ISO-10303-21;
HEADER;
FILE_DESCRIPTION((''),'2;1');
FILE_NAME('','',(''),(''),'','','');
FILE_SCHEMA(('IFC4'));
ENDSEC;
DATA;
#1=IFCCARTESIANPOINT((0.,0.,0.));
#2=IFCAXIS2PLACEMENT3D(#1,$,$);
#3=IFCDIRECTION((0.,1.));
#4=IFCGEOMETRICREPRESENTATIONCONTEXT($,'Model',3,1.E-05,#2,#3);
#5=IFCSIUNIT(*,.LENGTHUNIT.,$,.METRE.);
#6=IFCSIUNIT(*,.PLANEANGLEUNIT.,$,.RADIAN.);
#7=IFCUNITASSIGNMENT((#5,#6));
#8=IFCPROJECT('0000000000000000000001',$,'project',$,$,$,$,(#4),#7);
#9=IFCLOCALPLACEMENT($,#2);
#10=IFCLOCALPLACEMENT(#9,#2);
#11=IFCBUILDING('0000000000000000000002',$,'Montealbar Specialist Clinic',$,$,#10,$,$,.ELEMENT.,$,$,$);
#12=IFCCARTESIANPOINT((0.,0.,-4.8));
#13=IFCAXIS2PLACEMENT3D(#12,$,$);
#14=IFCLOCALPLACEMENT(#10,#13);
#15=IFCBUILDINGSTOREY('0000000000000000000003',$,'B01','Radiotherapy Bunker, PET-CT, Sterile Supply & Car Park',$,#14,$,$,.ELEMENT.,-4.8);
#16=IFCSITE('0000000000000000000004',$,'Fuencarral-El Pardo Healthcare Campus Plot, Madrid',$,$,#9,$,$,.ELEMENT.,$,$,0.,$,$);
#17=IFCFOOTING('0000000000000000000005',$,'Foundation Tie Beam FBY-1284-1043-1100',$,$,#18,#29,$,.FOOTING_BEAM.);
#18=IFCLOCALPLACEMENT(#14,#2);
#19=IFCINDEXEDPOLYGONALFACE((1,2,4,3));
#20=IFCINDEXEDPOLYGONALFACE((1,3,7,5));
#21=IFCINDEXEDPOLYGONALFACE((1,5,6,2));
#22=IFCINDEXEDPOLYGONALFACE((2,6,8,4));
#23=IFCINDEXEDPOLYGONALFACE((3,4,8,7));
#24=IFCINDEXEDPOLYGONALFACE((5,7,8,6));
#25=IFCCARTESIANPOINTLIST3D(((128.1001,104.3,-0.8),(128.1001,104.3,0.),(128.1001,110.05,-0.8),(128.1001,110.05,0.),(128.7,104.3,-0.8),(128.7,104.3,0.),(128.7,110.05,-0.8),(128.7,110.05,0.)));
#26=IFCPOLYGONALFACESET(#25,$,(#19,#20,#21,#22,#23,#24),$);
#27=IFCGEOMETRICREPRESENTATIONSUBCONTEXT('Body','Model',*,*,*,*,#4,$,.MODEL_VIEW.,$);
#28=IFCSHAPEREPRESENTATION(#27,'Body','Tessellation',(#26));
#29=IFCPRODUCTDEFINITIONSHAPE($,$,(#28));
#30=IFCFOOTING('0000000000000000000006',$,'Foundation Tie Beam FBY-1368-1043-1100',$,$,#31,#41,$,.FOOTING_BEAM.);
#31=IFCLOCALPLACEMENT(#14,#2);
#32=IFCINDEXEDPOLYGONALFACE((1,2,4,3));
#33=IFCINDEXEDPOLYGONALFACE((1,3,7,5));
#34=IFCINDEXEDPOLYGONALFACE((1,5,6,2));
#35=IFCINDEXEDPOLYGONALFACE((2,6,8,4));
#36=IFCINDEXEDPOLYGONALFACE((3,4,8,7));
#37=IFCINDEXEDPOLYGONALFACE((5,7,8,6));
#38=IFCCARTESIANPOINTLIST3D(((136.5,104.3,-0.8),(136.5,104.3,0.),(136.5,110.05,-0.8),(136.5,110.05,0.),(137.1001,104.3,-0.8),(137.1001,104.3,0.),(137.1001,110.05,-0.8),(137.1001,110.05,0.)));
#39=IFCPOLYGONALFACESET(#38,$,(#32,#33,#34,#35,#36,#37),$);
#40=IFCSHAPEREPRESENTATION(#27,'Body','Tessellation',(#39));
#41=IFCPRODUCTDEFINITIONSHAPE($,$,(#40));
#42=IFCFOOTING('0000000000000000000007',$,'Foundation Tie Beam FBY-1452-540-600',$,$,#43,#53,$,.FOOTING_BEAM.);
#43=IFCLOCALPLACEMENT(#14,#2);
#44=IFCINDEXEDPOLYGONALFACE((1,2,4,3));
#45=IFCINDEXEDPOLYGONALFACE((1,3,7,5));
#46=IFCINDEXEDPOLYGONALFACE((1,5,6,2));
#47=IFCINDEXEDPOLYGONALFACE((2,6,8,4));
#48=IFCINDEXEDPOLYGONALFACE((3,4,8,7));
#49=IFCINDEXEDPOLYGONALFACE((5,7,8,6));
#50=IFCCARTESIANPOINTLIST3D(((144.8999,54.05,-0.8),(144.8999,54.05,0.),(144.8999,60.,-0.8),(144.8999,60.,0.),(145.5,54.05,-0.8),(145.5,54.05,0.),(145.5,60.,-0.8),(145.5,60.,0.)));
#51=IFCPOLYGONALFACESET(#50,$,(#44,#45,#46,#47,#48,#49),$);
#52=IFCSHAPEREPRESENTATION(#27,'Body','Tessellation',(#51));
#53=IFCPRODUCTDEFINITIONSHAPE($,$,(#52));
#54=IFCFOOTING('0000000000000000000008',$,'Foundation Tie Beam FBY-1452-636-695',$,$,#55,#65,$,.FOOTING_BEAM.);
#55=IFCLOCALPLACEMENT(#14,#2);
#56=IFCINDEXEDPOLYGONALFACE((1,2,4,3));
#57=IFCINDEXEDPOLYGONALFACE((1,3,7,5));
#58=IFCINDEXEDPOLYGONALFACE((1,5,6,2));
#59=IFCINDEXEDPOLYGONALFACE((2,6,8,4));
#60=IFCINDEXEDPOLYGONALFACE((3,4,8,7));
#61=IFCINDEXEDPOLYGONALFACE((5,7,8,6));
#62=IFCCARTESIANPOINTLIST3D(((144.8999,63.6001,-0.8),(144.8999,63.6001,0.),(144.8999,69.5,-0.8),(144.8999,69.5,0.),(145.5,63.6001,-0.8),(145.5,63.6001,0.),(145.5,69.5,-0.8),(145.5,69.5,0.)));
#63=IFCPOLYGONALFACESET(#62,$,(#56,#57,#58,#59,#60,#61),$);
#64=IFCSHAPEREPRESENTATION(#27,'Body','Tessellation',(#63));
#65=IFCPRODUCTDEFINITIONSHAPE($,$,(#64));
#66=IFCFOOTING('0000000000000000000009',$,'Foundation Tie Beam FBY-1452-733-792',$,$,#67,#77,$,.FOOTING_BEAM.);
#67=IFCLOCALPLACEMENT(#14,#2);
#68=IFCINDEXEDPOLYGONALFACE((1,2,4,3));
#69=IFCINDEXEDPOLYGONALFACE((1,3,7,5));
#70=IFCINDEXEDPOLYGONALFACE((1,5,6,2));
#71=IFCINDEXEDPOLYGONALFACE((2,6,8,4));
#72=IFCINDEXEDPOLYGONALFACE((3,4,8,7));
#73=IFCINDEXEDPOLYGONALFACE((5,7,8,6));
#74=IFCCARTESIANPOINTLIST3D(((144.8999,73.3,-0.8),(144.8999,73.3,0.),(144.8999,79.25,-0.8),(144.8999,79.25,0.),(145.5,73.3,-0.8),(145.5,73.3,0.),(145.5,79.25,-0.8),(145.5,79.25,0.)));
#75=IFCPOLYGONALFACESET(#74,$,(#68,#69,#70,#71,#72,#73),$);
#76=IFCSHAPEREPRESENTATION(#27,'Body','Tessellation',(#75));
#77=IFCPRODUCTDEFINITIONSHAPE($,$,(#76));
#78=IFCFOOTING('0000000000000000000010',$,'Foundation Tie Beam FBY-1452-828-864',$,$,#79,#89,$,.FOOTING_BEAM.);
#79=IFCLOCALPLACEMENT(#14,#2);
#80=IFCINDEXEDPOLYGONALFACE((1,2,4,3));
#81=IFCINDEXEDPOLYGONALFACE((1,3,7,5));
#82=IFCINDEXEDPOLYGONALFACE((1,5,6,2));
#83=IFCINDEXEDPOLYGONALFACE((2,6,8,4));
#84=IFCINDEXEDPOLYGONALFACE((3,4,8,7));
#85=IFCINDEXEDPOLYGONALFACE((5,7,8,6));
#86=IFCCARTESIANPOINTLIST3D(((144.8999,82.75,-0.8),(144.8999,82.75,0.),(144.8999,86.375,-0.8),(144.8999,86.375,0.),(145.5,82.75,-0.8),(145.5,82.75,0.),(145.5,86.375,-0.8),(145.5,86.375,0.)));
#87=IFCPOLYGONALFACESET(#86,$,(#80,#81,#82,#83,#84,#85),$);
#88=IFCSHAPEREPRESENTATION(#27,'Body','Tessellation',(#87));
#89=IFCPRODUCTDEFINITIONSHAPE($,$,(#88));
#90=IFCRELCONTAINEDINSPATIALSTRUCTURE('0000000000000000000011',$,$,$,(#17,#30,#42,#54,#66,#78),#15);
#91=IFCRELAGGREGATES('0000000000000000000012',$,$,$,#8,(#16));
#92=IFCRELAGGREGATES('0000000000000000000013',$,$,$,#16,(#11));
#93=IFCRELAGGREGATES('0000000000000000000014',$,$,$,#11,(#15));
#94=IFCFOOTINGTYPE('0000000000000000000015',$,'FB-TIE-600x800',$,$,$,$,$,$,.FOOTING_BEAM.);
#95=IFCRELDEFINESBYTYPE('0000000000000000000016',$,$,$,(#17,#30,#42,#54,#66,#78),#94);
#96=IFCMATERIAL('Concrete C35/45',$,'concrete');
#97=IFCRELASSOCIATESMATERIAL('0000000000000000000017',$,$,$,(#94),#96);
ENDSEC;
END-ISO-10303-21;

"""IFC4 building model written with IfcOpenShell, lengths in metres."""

from ifc_helpers import new_model, si_unit, direction, frame, origin, place, context, subcontext, project, spatial, polyline, outline, extrude, material, type_object, element, save


model = new_model("IFC4")

# Units and contexts
model_context = context("Model", 3, precision=1e-05, world=origin(), true_north=direction((0.0, 1.0)))
body_context = subcontext(model_context, "Body", "Model", "MODEL_VIEW")
ifc_project = project(units=[si_unit("LENGTHUNIT", "METRE"), si_unit("PLANEANGLEUNIT", "RADIAN")], contexts=[model_context])

# Site, building, storey
site_placement = place(None, origin())
site = spatial("IfcSite", under=ifc_project, at=site_placement, Name="Fuencarral-El Pardo Healthcare Campus Plot, Madrid", CompositionType="ELEMENT", RefElevation=0.0)
building_placement = place(site_placement, origin())
building = spatial("IfcBuilding", under=site, at=building_placement, Name="Montealbar Specialist Clinic", CompositionType="ELEMENT")
storey_placement = place(building_placement, frame((0.0, 0.0, -4.8)))
storey = spatial("IfcBuildingStorey", under=building, at=storey_placement, Name="B01", Description="Radiotherapy Bunker, PET-CT, Sterile Supply & Car Park", CompositionType="ELEMENT", Elevation=-4.8)

# Footings
ifc_material = material(Name="Concrete C35/45", Category="concrete")
footing_type = type_object("IfcFootingType", Name="FB-TIE-600x800", PredefinedType="FOOTING_BEAM", material=ifc_material)
footing_1_placement = place(storey_placement, frame((0.0, 0.0, -0.8)))
element("IfcFooting", 1, at=footing_1_placement, inside=storey, type_object=footing_type, Name="Foundation Tie Beam FBY-1284-1043-1100", PredefinedType="FOOTING_BEAM", context=body_context, shape_type="SweptSolid", body=[
    extrude(outline(polyline([(128.1001, 104.3), (128.7, 104.3), (128.7, 110.05), (128.1001, 110.05), (128.1001, 104.3)])), origin(), (0.0, 0.0, 1.0), 0.8),
])
footing_2_placement = place(storey_placement, frame((0.0, 0.0, -0.8)))
element("IfcFooting", 2, at=footing_2_placement, inside=storey, type_object=footing_type, Name="Foundation Tie Beam FBY-1368-1043-1100", PredefinedType="FOOTING_BEAM", context=body_context, shape_type="SweptSolid", body=[
    extrude(outline(polyline([(136.5, 104.3), (137.1001, 104.3), (137.1001, 110.05), (136.5, 110.05), (136.5, 104.3)])), origin(), (0.0, 0.0, 1.0), 0.8),
])
footing_3_placement = place(storey_placement, frame((0.0, 0.0, -0.8)))
element("IfcFooting", 3, at=footing_3_placement, inside=storey, type_object=footing_type, Name="Foundation Tie Beam FBY-1452-540-600", PredefinedType="FOOTING_BEAM", context=body_context, shape_type="SweptSolid", body=[
    extrude(outline(polyline([(144.8999, 54.05), (145.5, 54.05), (145.5, 60.0), (144.8999, 60.0), (144.8999, 54.05)])), origin(), (0.0, 0.0, 1.0), 0.8),
])
footing_4_placement = place(storey_placement, frame((0.0, 0.0, -0.8)))
element("IfcFooting", 4, at=footing_4_placement, inside=storey, type_object=footing_type, Name="Foundation Tie Beam FBY-1452-636-695", PredefinedType="FOOTING_BEAM", context=body_context, shape_type="SweptSolid", body=[
    extrude(outline(polyline([(144.8999, 63.6001), (145.5, 63.6001), (145.5, 69.5), (144.8999, 69.5), (144.8999, 63.6001)])), origin(), (0.0, 0.0, 1.0), 0.8),
])
footing_5_placement = place(storey_placement, frame((0.0, 0.0, -0.8)))
element("IfcFooting", 5, at=footing_5_placement, inside=storey, type_object=footing_type, Name="Foundation Tie Beam FBY-1452-733-792", PredefinedType="FOOTING_BEAM", context=body_context, shape_type="SweptSolid", body=[
    extrude(outline(polyline([(144.8999, 73.3), (145.5, 73.3), (145.5, 79.25), (144.8999, 79.25), (144.8999, 73.3)])), origin(), (0.0, 0.0, 1.0), 0.8),
])
footing_6_placement = place(storey_placement, frame((0.0, 0.0, -0.8)))
element("IfcFooting", 6, at=footing_6_placement, inside=storey, type_object=footing_type, Name="Foundation Tie Beam FBY-1452-828-864", PredefinedType="FOOTING_BEAM", context=body_context, shape_type="SweptSolid", body=[
    extrude(outline(polyline([(144.8999, 82.75), (145.5, 82.75), (145.5, 86.375), (144.8999, 86.375), (144.8999, 82.75)])), origin(), (0.0, 0.0, 1.0), 0.8),
])

save(model, "model.ifc")
